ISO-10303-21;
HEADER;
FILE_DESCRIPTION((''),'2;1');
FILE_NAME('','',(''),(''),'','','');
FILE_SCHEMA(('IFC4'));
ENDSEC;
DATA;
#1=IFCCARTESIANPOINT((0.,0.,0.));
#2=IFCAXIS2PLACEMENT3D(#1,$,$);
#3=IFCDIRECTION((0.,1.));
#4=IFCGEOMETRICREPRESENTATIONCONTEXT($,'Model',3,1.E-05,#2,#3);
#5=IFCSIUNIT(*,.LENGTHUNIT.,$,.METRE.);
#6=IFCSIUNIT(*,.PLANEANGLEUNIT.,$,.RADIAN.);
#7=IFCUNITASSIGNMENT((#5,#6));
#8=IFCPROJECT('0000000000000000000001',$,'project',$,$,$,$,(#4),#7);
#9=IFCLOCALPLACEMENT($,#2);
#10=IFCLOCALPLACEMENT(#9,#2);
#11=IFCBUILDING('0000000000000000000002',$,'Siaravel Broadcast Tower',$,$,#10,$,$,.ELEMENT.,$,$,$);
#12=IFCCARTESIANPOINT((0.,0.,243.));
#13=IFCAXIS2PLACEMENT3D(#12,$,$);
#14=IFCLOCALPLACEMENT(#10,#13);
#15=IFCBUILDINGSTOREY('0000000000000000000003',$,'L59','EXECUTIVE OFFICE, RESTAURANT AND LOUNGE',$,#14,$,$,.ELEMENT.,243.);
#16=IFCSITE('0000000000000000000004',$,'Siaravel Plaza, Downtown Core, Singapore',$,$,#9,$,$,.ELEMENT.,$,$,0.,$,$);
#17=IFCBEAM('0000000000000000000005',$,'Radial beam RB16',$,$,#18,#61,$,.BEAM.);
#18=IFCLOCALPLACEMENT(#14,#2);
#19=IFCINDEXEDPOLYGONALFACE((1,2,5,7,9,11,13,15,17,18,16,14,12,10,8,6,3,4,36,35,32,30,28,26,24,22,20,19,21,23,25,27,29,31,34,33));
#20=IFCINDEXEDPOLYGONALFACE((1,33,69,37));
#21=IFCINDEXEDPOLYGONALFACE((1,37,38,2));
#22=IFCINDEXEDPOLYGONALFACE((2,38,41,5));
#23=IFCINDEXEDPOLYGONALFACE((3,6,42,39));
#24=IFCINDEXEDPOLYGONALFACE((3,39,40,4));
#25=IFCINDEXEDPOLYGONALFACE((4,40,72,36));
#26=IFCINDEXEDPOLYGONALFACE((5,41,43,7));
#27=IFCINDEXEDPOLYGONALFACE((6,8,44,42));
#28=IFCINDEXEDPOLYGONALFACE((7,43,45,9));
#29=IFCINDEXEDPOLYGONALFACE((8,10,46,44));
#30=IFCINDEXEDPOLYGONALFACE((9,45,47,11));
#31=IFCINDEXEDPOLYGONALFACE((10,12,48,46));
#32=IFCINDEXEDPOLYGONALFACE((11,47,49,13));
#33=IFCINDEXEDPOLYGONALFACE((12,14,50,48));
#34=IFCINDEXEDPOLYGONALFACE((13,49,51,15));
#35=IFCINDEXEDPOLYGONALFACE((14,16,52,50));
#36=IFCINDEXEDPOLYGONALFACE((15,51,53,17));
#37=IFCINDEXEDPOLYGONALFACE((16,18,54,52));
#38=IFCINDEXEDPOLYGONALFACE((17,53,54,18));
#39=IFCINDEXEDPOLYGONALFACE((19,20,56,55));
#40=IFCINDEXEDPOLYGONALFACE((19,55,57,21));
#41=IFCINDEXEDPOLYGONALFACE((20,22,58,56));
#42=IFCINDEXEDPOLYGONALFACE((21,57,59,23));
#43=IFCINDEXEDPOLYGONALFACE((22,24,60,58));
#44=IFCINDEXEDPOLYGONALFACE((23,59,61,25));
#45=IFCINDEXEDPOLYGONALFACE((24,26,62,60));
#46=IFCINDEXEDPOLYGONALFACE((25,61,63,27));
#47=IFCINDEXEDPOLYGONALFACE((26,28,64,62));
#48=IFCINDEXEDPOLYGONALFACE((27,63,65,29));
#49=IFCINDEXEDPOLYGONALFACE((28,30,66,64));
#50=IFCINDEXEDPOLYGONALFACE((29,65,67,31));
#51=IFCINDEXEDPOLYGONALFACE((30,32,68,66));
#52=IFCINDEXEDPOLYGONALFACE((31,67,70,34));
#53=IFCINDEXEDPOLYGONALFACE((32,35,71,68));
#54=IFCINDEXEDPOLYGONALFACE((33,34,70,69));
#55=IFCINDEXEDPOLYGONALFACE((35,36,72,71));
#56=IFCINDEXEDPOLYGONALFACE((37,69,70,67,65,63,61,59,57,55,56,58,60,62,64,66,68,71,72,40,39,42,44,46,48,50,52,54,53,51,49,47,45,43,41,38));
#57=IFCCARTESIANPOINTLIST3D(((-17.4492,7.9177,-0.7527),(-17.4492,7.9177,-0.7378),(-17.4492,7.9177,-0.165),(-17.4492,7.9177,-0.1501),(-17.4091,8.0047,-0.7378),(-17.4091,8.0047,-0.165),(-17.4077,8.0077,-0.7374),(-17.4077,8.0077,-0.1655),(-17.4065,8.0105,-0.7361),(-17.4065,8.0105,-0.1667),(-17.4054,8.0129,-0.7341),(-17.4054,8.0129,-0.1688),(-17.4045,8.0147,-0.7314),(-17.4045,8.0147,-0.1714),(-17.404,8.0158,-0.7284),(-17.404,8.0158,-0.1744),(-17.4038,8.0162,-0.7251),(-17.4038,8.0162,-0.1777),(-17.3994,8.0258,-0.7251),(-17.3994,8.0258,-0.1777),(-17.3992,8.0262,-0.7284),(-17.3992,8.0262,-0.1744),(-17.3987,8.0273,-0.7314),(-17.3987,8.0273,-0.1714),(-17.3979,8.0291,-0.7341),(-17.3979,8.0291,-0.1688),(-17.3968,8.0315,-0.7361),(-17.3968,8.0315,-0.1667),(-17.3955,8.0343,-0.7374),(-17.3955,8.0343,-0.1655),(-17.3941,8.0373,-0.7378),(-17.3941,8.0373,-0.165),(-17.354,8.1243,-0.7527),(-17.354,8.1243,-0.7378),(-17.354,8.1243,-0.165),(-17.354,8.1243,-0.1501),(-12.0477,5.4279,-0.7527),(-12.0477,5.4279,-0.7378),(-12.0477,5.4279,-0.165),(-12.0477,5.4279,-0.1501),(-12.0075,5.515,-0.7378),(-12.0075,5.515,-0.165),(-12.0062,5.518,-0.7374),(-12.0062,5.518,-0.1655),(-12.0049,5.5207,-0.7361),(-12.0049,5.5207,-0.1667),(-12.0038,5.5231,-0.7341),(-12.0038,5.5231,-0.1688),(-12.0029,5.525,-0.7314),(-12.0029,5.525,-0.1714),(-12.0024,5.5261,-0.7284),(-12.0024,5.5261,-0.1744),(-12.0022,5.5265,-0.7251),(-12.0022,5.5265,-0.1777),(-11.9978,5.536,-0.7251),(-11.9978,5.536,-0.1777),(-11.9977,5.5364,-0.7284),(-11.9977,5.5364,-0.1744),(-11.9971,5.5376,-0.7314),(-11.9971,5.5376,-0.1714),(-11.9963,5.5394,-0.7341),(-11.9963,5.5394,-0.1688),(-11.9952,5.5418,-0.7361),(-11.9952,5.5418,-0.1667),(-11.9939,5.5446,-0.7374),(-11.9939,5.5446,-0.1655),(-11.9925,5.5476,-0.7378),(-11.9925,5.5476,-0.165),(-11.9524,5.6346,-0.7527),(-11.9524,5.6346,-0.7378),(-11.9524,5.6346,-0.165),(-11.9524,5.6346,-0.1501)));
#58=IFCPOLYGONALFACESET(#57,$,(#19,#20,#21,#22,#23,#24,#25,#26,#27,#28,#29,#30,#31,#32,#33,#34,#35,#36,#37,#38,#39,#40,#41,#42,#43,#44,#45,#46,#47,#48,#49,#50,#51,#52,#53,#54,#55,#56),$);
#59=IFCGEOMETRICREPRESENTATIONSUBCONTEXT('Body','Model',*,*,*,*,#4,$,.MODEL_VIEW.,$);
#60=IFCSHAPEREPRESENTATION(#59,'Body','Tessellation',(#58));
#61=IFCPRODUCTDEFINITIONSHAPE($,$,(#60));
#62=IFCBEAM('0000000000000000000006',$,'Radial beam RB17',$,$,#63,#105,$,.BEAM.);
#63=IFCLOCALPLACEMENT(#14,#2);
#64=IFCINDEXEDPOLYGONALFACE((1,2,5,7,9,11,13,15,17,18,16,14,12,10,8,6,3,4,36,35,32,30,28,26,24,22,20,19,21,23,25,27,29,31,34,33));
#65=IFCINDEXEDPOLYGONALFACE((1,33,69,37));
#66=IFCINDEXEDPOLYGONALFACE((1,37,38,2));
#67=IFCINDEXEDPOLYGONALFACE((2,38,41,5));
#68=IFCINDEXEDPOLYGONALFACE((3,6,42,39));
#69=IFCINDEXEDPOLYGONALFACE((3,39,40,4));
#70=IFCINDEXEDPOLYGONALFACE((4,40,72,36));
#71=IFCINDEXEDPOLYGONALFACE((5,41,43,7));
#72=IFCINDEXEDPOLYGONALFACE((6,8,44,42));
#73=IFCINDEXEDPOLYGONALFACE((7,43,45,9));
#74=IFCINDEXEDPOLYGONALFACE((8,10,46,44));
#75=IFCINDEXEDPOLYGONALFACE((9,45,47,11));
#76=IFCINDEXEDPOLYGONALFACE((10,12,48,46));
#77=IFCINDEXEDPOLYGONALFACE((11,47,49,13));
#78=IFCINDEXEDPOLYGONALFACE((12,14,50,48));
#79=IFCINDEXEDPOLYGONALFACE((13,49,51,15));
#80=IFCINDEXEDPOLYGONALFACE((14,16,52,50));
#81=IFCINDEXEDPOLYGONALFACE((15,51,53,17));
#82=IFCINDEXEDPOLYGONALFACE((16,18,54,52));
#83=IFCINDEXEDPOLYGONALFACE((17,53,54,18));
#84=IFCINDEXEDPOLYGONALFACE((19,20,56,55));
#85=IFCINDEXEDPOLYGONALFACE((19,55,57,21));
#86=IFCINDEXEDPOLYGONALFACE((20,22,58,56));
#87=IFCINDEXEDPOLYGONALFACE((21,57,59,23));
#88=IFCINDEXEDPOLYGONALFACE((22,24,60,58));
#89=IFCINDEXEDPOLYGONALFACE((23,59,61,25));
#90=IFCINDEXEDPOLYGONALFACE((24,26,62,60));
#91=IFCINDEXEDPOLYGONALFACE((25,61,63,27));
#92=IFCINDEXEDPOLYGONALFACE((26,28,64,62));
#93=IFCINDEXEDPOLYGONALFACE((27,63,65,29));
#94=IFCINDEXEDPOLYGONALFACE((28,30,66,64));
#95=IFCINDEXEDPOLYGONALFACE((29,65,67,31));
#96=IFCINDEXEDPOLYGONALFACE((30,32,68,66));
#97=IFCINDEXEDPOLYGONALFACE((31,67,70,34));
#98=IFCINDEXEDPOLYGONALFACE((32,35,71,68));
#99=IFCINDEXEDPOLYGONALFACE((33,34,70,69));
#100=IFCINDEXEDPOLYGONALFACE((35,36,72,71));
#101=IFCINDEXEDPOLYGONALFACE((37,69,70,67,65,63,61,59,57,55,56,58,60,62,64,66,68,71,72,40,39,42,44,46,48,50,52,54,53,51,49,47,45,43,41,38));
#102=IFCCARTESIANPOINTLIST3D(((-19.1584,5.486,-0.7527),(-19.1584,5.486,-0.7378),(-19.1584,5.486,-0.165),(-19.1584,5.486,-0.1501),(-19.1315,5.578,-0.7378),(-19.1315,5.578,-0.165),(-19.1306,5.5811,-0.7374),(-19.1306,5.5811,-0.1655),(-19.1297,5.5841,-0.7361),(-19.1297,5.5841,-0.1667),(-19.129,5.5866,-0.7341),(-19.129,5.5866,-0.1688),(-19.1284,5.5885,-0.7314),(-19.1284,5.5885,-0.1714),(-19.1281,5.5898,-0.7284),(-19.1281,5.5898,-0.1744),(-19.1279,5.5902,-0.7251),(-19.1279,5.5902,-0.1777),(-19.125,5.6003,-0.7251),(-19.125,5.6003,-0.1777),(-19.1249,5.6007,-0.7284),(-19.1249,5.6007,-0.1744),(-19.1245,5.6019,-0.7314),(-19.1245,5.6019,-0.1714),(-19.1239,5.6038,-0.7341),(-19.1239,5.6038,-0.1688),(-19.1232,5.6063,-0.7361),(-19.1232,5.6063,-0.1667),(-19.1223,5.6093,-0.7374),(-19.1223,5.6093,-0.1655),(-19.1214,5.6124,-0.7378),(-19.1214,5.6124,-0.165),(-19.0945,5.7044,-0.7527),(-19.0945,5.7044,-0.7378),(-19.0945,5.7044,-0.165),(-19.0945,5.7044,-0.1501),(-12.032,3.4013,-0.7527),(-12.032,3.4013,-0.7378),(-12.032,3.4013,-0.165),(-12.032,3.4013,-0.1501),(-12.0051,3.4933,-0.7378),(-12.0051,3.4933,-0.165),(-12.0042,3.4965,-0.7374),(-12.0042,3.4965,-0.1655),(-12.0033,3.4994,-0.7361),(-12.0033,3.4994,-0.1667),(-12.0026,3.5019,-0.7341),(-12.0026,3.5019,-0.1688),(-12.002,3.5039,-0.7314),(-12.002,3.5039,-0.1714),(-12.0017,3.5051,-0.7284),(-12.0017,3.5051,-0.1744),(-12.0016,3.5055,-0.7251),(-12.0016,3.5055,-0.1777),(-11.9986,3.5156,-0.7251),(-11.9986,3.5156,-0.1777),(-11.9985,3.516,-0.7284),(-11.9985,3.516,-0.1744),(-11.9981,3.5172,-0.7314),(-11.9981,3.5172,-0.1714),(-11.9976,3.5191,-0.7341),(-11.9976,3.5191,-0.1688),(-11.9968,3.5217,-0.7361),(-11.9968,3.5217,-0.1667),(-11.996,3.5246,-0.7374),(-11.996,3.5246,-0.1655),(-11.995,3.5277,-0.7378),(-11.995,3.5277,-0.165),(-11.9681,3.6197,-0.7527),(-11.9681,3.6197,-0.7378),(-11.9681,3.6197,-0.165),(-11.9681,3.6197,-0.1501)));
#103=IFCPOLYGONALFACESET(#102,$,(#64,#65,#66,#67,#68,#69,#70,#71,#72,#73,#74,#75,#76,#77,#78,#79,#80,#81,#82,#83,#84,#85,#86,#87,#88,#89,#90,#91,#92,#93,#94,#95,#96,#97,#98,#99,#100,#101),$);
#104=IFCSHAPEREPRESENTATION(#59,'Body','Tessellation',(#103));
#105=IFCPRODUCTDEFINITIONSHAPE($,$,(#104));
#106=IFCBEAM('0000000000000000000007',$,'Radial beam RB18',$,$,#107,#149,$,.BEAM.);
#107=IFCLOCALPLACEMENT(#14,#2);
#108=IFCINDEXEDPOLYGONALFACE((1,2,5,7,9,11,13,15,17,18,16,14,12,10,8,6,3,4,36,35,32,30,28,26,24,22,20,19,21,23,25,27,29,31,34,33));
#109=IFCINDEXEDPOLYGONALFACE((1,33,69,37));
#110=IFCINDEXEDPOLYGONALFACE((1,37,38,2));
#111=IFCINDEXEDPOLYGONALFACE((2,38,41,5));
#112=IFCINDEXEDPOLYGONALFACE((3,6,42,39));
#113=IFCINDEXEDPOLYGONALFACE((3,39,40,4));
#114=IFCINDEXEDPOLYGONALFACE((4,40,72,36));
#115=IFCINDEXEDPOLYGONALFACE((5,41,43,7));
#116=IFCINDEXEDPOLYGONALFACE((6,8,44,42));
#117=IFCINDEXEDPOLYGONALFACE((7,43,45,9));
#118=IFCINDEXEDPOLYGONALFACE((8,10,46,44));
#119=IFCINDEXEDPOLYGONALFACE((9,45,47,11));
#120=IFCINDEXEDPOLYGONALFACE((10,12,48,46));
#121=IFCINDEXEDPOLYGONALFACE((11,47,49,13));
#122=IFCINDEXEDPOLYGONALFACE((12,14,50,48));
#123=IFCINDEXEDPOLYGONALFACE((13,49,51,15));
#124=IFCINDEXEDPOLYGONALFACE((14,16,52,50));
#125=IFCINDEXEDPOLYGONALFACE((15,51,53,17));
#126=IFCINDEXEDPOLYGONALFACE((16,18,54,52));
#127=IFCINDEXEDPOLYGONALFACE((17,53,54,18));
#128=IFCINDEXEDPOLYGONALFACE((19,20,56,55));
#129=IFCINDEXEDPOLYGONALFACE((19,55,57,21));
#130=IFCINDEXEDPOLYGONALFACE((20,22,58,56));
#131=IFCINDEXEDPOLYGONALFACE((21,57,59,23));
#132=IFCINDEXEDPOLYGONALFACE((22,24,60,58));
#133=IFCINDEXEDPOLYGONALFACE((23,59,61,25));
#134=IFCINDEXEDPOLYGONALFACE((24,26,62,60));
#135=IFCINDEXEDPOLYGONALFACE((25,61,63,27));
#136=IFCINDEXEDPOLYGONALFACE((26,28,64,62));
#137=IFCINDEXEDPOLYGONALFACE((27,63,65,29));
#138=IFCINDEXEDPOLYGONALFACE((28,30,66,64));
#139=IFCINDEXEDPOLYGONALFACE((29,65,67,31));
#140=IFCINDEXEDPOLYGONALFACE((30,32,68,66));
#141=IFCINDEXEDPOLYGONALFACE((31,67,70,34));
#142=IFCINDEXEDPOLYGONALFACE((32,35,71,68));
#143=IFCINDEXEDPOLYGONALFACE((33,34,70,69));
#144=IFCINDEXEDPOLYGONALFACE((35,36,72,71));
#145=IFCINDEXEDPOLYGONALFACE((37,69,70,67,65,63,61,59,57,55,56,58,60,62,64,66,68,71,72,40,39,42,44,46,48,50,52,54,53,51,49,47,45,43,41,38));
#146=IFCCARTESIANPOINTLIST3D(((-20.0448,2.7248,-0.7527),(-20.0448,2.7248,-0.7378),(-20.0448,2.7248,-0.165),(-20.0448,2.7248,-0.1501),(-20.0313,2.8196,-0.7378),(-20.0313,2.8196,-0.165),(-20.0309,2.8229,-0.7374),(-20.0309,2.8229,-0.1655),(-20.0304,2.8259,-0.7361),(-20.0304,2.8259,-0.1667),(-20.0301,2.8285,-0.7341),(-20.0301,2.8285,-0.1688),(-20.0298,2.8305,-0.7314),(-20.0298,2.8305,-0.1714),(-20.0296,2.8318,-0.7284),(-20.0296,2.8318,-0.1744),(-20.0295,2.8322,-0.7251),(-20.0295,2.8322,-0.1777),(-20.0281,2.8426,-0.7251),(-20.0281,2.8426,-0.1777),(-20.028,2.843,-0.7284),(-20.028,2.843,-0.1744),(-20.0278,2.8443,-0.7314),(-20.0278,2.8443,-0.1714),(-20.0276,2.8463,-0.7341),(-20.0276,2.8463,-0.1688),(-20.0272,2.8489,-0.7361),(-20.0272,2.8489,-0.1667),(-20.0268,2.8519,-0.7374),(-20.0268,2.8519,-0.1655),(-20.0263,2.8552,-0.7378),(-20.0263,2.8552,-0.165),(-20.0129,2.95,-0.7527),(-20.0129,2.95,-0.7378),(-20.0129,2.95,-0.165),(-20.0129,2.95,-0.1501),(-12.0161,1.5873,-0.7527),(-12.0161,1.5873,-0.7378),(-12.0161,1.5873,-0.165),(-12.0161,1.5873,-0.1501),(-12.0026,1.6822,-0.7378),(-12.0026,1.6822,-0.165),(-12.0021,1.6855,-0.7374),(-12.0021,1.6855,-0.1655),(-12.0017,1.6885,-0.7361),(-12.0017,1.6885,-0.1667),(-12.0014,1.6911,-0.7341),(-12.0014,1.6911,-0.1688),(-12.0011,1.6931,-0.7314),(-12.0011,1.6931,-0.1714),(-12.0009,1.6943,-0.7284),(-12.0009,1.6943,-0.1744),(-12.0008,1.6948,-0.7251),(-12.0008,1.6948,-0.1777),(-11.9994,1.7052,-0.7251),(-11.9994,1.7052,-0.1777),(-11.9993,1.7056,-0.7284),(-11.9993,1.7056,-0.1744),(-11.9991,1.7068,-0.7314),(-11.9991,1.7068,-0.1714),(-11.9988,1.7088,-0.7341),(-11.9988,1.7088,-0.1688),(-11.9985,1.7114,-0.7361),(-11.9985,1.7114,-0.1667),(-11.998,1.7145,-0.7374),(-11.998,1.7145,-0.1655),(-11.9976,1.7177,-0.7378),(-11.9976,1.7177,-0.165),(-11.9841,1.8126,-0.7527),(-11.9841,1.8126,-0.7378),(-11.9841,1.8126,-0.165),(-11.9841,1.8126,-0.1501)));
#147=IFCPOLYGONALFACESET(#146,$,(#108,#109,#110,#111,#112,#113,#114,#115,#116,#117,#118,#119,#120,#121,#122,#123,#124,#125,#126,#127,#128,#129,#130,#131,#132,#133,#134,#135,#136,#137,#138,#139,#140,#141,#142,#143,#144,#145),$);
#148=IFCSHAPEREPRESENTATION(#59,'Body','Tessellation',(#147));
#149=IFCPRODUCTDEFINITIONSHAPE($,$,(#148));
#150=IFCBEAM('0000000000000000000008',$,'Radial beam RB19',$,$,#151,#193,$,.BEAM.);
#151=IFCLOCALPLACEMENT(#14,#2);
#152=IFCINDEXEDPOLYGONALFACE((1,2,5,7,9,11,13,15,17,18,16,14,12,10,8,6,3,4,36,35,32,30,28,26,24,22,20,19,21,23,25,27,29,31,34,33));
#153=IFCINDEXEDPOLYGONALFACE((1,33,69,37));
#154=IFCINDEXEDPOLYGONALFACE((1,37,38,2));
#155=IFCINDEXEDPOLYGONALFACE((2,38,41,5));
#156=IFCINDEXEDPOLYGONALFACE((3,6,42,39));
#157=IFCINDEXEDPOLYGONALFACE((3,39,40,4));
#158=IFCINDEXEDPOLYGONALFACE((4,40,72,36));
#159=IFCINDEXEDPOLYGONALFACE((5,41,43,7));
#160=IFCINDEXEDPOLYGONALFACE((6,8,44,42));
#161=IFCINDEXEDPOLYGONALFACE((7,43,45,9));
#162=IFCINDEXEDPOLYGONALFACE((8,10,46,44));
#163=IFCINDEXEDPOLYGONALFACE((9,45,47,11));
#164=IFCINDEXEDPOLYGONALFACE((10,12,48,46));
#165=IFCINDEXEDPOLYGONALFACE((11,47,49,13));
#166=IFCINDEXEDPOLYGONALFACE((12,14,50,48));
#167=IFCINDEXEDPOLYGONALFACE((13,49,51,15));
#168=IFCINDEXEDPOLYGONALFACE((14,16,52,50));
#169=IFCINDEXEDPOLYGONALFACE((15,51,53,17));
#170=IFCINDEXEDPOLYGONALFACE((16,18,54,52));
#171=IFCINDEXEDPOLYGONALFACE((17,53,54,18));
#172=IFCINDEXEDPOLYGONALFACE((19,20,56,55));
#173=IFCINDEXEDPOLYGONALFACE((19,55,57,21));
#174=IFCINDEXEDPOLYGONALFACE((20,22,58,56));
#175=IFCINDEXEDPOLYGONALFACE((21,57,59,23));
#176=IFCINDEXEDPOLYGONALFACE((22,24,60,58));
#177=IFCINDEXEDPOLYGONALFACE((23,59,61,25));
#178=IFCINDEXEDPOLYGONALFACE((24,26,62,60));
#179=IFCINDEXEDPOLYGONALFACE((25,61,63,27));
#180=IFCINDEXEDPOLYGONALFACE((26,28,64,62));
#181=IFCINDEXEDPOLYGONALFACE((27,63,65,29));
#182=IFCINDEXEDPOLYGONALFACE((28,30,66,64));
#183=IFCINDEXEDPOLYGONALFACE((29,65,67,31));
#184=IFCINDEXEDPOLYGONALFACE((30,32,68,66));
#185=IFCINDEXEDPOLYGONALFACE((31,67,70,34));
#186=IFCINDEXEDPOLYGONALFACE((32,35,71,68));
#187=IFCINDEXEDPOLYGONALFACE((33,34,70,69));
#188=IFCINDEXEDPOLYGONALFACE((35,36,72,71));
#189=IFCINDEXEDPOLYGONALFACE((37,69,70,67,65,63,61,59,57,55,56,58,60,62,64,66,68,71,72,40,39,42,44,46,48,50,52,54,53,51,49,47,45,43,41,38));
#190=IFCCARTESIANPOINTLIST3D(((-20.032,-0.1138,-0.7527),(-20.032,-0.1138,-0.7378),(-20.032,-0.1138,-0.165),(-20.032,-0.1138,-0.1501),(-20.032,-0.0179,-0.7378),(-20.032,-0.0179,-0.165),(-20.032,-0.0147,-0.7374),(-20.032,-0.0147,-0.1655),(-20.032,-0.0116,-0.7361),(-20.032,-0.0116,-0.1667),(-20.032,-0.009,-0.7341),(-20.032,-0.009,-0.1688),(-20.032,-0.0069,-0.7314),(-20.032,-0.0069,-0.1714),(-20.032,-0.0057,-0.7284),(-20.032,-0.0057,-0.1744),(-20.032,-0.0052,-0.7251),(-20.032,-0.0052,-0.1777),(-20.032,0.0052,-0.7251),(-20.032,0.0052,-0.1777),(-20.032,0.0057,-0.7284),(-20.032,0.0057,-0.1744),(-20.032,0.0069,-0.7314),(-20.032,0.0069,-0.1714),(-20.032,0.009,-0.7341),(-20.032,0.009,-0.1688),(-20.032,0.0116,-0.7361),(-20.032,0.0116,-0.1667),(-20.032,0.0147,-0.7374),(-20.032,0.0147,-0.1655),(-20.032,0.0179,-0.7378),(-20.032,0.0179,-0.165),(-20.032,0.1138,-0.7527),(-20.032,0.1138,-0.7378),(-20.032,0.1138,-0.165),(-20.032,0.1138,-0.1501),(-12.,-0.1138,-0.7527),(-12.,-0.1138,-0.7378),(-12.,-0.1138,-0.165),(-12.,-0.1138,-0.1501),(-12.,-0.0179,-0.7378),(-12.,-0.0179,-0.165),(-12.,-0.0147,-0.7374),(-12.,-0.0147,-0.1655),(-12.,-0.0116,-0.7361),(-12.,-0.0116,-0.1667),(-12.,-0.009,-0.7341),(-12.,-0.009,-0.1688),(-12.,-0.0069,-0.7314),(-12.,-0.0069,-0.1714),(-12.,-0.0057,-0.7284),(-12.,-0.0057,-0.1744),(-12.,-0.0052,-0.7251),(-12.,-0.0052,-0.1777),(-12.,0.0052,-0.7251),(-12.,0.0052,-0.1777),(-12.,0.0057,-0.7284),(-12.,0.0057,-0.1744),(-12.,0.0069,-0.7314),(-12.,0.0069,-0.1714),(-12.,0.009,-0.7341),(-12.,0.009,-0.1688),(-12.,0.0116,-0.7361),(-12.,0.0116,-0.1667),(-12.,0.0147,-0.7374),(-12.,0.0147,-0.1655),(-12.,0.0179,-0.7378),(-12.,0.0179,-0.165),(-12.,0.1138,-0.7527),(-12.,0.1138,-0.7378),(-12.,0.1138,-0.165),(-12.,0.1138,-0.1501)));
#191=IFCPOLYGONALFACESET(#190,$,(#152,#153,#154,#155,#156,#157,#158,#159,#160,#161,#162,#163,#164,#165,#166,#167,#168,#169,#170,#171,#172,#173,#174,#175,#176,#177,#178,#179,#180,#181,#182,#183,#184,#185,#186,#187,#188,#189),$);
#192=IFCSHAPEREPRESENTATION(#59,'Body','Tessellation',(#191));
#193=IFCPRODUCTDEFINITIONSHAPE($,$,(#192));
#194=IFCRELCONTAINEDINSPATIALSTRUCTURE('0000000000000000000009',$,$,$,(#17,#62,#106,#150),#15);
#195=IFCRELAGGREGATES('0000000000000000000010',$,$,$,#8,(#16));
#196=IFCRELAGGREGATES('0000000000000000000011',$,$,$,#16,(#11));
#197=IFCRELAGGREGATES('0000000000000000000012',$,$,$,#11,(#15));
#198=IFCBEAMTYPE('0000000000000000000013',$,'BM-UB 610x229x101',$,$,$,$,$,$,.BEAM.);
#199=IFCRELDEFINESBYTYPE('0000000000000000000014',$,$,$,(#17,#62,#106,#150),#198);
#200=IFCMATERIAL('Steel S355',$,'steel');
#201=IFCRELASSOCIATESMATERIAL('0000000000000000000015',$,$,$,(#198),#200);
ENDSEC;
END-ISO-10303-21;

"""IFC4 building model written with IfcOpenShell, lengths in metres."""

from ifc_helpers import new_model, si_unit, direction, frame, origin, origin_2d, place, context, subcontext, project, spatial, i_section, extrude, material, material_profile, profile_set, type_object, element, save


model = new_model("IFC4")

# Units and contexts
model_context = context("Model", 3, precision=1e-05, world=origin(), true_north=direction((0.0, 1.0)))
body_context = subcontext(model_context, "Body", "Model", "MODEL_VIEW")
ifc_project = project(units=[si_unit("LENGTHUNIT", "METRE"), si_unit("PLANEANGLEUNIT", "RADIAN")], contexts=[model_context])

# Site, building, storey
site_placement = place(None, origin())
site = spatial("IfcSite", under=ifc_project, at=site_placement, Name="Siaravel Plaza, Downtown Core, Singapore", CompositionType="ELEMENT", RefElevation=0.0)
building_placement = place(site_placement, origin())
building = spatial("IfcBuilding", under=site, at=building_placement, Name="Siaravel Broadcast Tower", CompositionType="ELEMENT")
storey_placement = place(building_placement, frame((0.0, 0.0, 243.0)))
storey = spatial("IfcBuildingStorey", under=building, at=storey_placement, Name="L59", Description="EXECUTIVE OFFICE, RESTAURANT AND LOUNGE", CompositionType="ELEMENT", Elevation=243.0)

# Beams
ifc_material_1 = material(Name="Steel S355", Category="steel")
ifc_material_profile_1 = material_profile(ifc_material_1, i_section(OverallWidth=0.2275, OverallDepth=0.6025, WebThickness=0.0105, FlangeThickness=0.0149, FilletRadius=0.0127, at=origin_2d()))
ifc_profile_set_1 = profile_set([ifc_material_profile_1], Name="Steel S355")
beam_type = type_object("IfcBeamType", Name="BM-UB 610x229x101", PredefinedType="BEAM", material=ifc_profile_set_1)
beam_1_placement = place(storey_placement, frame((-17.4016, 8.021, -0.4514), z_axis=(0.908171, -0.4186, 0.0), x_axis=(0.4186, 0.908171, 0.0)))
element("IfcBeam", 1, at=beam_1_placement, inside=storey, type_object=beam_type, Name="Radial beam RB16", PredefinedType="BEAM", context=body_context, shape_type="SweptSolid", body=[
    extrude(i_section(OverallWidth=0.2275, OverallDepth=0.6025, WebThickness=0.0105, FlangeThickness=0.0149, FilletRadius=0.0127, at=origin_2d()), origin(), (0.0, 0.0, 1.0), 5.9478),
])
beam_2_placement = place(storey_placement, frame((-19.1265, 5.5952, -0.4514), z_axis=(0.959777, -0.280765, 0.0), x_axis=(0.280765, 0.959777, 0.0)))
element("IfcBeam", 2, at=beam_2_placement, inside=storey, type_object=beam_type, Name="Radial beam RB17", PredefinedType="BEAM", context=body_context, shape_type="SweptSolid", body=[
    extrude(i_section(OverallWidth=0.2275, OverallDepth=0.6025, WebThickness=0.0105, FlangeThickness=0.0149, FilletRadius=0.0127, at=origin_2d()), origin(), (0.0, 0.0, 1.0), 7.425),
])
beam_3_placement = place(storey_placement, frame((-20.0288, 2.8374, -0.4514), z_axis=(0.990113, -0.140271, 0.0), x_axis=(0.140271, 0.990113, 0.0)))
element("IfcBeam", 3, at=beam_3_placement, inside=storey, type_object=beam_type, Name="Radial beam RB18", PredefinedType="BEAM", context=body_context, shape_type="SweptSolid", body=[
    extrude(i_section(OverallWidth=0.2275, OverallDepth=0.6025, WebThickness=0.0105, FlangeThickness=0.0149, FilletRadius=0.0127, at=origin_2d()), origin(), (0.0, 0.0, 1.0), 8.1089),
])
beam_4_placement = place(storey_placement, frame((-20.032, 0.0, -0.4514), z_axis=(1.0, 0.0, 0.0), x_axis=(0.0, 1.0, 0.0)))
element("IfcBeam", 4, at=beam_4_placement, inside=storey, type_object=beam_type, Name="Radial beam RB19", PredefinedType="BEAM", context=body_context, shape_type="SweptSolid", body=[
    extrude(i_section(OverallWidth=0.2275, OverallDepth=0.6025, WebThickness=0.0105, FlangeThickness=0.0149, FilletRadius=0.0127, at=origin_2d()), origin(), (0.0, 0.0, 1.0), 8.032),
])

save(model, "model.ifc")
